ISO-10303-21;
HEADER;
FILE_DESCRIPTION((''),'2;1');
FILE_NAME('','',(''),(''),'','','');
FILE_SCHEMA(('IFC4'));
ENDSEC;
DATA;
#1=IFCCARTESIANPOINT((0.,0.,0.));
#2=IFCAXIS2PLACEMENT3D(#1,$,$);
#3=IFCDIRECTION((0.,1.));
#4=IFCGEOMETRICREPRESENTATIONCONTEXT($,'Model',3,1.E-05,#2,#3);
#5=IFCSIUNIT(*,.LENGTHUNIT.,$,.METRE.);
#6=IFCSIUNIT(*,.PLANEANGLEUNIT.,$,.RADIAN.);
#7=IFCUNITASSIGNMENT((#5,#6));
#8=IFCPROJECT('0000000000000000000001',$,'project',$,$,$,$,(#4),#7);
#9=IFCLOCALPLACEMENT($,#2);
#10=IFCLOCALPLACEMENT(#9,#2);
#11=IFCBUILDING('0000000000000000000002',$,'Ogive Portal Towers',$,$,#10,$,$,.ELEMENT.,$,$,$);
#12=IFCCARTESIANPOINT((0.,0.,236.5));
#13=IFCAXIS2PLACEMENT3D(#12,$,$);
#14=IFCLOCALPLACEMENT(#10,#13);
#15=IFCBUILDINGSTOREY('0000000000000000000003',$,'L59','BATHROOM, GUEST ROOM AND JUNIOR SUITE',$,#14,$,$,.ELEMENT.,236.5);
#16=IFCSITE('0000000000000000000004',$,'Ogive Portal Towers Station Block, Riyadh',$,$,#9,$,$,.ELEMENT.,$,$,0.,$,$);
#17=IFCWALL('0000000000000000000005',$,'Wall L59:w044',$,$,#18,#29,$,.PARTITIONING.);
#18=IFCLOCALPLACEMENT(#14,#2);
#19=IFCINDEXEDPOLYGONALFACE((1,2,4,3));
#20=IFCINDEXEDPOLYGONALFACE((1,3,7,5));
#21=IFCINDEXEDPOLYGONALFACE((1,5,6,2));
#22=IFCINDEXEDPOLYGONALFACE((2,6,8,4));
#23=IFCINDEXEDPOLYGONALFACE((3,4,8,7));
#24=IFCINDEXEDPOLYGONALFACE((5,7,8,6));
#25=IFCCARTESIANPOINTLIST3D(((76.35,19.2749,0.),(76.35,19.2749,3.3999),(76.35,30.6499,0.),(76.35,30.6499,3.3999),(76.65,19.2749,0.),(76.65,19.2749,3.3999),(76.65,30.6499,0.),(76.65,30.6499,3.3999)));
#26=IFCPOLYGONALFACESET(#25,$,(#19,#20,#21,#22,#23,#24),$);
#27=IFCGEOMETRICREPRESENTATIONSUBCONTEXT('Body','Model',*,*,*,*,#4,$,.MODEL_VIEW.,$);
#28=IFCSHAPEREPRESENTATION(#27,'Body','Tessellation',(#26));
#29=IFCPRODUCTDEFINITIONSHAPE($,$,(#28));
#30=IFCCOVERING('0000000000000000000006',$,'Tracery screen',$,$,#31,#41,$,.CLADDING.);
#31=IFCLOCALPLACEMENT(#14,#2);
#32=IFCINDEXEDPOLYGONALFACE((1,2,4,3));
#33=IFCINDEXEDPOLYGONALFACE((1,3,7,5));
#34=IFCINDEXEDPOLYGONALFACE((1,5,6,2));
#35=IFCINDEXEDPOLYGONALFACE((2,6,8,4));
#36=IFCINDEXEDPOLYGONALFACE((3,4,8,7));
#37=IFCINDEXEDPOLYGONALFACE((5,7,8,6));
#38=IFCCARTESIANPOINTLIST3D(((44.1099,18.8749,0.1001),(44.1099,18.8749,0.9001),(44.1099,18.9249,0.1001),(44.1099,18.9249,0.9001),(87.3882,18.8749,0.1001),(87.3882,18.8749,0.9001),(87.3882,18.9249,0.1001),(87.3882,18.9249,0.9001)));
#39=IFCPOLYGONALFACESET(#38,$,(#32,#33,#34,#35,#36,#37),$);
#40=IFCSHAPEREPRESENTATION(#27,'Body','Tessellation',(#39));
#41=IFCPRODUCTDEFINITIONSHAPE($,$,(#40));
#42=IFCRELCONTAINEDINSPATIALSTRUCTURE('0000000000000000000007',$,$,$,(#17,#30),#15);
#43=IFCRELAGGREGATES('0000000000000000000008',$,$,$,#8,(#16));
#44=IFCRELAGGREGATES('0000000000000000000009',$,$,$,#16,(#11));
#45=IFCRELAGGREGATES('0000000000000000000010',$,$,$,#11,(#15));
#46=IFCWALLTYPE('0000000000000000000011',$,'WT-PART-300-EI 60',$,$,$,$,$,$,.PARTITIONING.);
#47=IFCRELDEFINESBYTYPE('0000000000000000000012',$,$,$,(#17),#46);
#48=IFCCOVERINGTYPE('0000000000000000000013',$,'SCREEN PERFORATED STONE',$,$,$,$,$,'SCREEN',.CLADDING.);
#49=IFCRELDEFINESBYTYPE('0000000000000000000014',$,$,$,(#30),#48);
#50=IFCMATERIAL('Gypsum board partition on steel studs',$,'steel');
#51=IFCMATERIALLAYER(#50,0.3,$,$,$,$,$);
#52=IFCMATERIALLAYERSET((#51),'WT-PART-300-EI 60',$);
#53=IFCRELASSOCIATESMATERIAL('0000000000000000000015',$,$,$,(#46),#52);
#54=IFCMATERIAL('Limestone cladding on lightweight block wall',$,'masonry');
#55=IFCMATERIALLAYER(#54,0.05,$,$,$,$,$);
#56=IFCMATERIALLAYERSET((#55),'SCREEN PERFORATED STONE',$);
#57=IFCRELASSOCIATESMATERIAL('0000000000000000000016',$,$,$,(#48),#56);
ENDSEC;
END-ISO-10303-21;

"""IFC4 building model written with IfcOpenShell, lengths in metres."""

from ifc_helpers import new_model, si_unit, direction, frame, frame_2d, origin, origin_2d, place, context, subcontext, project, spatial, rectangle, extrude, material, layer, layer_set, type_object, element, save


model = new_model("IFC4")

# Units and contexts
model_context = context("Model", 3, precision=1e-05, world=origin(), true_north=direction((0.0, 1.0)))
body_context = subcontext(model_context, "Body", "Model", "MODEL_VIEW")
ifc_project = project(units=[si_unit("LENGTHUNIT", "METRE"), si_unit("PLANEANGLEUNIT", "RADIAN")], contexts=[model_context])

# Site, building, storey
site_placement = place(None, origin())
site = spatial("IfcSite", under=ifc_project, at=site_placement, Name="Ogive Portal Towers Station Block, Riyadh", CompositionType="ELEMENT", RefElevation=0.0)
building_placement = place(site_placement, origin())
building = spatial("IfcBuilding", under=site, at=building_placement, Name="Ogive Portal Towers", CompositionType="ELEMENT")
storey_placement = place(building_placement, frame((0.0, 0.0, 236.5)))
storey = spatial("IfcBuildingStorey", under=building, at=storey_placement, Name="L59", Description="BATHROOM, GUEST ROOM AND JUNIOR SUITE", CompositionType="ELEMENT", Elevation=236.5)

# Shared definitions
ifc_material_1 = material(Name="Gypsum board partition on steel studs", Category="steel")
ifc_layer_1 = layer(ifc_material_1, 0.3)
ifc_layer_set_1 = layer_set([ifc_layer_1], Name="WT-PART-300-EI 60")
wall_type = type_object("IfcWallType", Name="WT-PART-300-EI 60", PredefinedType="PARTITIONING", material=ifc_layer_set_1)

# Wall
wall_1_placement = place(storey_placement, frame((76.5, 19.2749, 0.0), z_axis=(0.0, 0.0, 1.0), x_axis=(0.0, 1.0, 0.0)))
element("IfcWall", 1, at=wall_1_placement, inside=storey, type_object=wall_type, Name="Wall L59:w044", PredefinedType="PARTITIONING", context=body_context, shape_type="SweptSolid", body=[
    extrude(rectangle(XDim=11.375, YDim=0.3, at=frame_2d((5.6875, 0.0))), origin(), (0.0, 0.0, 1.0), 3.3999),
])

# Covering
ifc_material_2 = material(Name="Limestone cladding on lightweight block wall", Category="masonry")
ifc_layer_2 = layer(ifc_material_2, 0.05)
ifc_layer_set_2 = layer_set([ifc_layer_2], Name="SCREEN PERFORATED STONE")
covering_type = type_object("IfcCoveringType", Name="SCREEN PERFORATED STONE", ElementType="SCREEN", PredefinedType="CLADDING", material=ifc_layer_set_2)
covering_placement = place(storey_placement, frame((65.749, 18.8999, 0.1001), z_axis=(0.0, 0.0, 1.0), x_axis=(1.0, 0.0, 0.0)))
element("IfcCovering", 2, at=covering_placement, inside=storey, type_object=covering_type, Name="Tracery screen", PredefinedType="CLADDING", context=body_context, shape_type="SweptSolid", body=[
    extrude(rectangle(XDim=43.2783, YDim=0.05, at=origin_2d()), origin(), (0.0, 0.0, 1.0), 0.8),
])

save(model, "model.ifc")
